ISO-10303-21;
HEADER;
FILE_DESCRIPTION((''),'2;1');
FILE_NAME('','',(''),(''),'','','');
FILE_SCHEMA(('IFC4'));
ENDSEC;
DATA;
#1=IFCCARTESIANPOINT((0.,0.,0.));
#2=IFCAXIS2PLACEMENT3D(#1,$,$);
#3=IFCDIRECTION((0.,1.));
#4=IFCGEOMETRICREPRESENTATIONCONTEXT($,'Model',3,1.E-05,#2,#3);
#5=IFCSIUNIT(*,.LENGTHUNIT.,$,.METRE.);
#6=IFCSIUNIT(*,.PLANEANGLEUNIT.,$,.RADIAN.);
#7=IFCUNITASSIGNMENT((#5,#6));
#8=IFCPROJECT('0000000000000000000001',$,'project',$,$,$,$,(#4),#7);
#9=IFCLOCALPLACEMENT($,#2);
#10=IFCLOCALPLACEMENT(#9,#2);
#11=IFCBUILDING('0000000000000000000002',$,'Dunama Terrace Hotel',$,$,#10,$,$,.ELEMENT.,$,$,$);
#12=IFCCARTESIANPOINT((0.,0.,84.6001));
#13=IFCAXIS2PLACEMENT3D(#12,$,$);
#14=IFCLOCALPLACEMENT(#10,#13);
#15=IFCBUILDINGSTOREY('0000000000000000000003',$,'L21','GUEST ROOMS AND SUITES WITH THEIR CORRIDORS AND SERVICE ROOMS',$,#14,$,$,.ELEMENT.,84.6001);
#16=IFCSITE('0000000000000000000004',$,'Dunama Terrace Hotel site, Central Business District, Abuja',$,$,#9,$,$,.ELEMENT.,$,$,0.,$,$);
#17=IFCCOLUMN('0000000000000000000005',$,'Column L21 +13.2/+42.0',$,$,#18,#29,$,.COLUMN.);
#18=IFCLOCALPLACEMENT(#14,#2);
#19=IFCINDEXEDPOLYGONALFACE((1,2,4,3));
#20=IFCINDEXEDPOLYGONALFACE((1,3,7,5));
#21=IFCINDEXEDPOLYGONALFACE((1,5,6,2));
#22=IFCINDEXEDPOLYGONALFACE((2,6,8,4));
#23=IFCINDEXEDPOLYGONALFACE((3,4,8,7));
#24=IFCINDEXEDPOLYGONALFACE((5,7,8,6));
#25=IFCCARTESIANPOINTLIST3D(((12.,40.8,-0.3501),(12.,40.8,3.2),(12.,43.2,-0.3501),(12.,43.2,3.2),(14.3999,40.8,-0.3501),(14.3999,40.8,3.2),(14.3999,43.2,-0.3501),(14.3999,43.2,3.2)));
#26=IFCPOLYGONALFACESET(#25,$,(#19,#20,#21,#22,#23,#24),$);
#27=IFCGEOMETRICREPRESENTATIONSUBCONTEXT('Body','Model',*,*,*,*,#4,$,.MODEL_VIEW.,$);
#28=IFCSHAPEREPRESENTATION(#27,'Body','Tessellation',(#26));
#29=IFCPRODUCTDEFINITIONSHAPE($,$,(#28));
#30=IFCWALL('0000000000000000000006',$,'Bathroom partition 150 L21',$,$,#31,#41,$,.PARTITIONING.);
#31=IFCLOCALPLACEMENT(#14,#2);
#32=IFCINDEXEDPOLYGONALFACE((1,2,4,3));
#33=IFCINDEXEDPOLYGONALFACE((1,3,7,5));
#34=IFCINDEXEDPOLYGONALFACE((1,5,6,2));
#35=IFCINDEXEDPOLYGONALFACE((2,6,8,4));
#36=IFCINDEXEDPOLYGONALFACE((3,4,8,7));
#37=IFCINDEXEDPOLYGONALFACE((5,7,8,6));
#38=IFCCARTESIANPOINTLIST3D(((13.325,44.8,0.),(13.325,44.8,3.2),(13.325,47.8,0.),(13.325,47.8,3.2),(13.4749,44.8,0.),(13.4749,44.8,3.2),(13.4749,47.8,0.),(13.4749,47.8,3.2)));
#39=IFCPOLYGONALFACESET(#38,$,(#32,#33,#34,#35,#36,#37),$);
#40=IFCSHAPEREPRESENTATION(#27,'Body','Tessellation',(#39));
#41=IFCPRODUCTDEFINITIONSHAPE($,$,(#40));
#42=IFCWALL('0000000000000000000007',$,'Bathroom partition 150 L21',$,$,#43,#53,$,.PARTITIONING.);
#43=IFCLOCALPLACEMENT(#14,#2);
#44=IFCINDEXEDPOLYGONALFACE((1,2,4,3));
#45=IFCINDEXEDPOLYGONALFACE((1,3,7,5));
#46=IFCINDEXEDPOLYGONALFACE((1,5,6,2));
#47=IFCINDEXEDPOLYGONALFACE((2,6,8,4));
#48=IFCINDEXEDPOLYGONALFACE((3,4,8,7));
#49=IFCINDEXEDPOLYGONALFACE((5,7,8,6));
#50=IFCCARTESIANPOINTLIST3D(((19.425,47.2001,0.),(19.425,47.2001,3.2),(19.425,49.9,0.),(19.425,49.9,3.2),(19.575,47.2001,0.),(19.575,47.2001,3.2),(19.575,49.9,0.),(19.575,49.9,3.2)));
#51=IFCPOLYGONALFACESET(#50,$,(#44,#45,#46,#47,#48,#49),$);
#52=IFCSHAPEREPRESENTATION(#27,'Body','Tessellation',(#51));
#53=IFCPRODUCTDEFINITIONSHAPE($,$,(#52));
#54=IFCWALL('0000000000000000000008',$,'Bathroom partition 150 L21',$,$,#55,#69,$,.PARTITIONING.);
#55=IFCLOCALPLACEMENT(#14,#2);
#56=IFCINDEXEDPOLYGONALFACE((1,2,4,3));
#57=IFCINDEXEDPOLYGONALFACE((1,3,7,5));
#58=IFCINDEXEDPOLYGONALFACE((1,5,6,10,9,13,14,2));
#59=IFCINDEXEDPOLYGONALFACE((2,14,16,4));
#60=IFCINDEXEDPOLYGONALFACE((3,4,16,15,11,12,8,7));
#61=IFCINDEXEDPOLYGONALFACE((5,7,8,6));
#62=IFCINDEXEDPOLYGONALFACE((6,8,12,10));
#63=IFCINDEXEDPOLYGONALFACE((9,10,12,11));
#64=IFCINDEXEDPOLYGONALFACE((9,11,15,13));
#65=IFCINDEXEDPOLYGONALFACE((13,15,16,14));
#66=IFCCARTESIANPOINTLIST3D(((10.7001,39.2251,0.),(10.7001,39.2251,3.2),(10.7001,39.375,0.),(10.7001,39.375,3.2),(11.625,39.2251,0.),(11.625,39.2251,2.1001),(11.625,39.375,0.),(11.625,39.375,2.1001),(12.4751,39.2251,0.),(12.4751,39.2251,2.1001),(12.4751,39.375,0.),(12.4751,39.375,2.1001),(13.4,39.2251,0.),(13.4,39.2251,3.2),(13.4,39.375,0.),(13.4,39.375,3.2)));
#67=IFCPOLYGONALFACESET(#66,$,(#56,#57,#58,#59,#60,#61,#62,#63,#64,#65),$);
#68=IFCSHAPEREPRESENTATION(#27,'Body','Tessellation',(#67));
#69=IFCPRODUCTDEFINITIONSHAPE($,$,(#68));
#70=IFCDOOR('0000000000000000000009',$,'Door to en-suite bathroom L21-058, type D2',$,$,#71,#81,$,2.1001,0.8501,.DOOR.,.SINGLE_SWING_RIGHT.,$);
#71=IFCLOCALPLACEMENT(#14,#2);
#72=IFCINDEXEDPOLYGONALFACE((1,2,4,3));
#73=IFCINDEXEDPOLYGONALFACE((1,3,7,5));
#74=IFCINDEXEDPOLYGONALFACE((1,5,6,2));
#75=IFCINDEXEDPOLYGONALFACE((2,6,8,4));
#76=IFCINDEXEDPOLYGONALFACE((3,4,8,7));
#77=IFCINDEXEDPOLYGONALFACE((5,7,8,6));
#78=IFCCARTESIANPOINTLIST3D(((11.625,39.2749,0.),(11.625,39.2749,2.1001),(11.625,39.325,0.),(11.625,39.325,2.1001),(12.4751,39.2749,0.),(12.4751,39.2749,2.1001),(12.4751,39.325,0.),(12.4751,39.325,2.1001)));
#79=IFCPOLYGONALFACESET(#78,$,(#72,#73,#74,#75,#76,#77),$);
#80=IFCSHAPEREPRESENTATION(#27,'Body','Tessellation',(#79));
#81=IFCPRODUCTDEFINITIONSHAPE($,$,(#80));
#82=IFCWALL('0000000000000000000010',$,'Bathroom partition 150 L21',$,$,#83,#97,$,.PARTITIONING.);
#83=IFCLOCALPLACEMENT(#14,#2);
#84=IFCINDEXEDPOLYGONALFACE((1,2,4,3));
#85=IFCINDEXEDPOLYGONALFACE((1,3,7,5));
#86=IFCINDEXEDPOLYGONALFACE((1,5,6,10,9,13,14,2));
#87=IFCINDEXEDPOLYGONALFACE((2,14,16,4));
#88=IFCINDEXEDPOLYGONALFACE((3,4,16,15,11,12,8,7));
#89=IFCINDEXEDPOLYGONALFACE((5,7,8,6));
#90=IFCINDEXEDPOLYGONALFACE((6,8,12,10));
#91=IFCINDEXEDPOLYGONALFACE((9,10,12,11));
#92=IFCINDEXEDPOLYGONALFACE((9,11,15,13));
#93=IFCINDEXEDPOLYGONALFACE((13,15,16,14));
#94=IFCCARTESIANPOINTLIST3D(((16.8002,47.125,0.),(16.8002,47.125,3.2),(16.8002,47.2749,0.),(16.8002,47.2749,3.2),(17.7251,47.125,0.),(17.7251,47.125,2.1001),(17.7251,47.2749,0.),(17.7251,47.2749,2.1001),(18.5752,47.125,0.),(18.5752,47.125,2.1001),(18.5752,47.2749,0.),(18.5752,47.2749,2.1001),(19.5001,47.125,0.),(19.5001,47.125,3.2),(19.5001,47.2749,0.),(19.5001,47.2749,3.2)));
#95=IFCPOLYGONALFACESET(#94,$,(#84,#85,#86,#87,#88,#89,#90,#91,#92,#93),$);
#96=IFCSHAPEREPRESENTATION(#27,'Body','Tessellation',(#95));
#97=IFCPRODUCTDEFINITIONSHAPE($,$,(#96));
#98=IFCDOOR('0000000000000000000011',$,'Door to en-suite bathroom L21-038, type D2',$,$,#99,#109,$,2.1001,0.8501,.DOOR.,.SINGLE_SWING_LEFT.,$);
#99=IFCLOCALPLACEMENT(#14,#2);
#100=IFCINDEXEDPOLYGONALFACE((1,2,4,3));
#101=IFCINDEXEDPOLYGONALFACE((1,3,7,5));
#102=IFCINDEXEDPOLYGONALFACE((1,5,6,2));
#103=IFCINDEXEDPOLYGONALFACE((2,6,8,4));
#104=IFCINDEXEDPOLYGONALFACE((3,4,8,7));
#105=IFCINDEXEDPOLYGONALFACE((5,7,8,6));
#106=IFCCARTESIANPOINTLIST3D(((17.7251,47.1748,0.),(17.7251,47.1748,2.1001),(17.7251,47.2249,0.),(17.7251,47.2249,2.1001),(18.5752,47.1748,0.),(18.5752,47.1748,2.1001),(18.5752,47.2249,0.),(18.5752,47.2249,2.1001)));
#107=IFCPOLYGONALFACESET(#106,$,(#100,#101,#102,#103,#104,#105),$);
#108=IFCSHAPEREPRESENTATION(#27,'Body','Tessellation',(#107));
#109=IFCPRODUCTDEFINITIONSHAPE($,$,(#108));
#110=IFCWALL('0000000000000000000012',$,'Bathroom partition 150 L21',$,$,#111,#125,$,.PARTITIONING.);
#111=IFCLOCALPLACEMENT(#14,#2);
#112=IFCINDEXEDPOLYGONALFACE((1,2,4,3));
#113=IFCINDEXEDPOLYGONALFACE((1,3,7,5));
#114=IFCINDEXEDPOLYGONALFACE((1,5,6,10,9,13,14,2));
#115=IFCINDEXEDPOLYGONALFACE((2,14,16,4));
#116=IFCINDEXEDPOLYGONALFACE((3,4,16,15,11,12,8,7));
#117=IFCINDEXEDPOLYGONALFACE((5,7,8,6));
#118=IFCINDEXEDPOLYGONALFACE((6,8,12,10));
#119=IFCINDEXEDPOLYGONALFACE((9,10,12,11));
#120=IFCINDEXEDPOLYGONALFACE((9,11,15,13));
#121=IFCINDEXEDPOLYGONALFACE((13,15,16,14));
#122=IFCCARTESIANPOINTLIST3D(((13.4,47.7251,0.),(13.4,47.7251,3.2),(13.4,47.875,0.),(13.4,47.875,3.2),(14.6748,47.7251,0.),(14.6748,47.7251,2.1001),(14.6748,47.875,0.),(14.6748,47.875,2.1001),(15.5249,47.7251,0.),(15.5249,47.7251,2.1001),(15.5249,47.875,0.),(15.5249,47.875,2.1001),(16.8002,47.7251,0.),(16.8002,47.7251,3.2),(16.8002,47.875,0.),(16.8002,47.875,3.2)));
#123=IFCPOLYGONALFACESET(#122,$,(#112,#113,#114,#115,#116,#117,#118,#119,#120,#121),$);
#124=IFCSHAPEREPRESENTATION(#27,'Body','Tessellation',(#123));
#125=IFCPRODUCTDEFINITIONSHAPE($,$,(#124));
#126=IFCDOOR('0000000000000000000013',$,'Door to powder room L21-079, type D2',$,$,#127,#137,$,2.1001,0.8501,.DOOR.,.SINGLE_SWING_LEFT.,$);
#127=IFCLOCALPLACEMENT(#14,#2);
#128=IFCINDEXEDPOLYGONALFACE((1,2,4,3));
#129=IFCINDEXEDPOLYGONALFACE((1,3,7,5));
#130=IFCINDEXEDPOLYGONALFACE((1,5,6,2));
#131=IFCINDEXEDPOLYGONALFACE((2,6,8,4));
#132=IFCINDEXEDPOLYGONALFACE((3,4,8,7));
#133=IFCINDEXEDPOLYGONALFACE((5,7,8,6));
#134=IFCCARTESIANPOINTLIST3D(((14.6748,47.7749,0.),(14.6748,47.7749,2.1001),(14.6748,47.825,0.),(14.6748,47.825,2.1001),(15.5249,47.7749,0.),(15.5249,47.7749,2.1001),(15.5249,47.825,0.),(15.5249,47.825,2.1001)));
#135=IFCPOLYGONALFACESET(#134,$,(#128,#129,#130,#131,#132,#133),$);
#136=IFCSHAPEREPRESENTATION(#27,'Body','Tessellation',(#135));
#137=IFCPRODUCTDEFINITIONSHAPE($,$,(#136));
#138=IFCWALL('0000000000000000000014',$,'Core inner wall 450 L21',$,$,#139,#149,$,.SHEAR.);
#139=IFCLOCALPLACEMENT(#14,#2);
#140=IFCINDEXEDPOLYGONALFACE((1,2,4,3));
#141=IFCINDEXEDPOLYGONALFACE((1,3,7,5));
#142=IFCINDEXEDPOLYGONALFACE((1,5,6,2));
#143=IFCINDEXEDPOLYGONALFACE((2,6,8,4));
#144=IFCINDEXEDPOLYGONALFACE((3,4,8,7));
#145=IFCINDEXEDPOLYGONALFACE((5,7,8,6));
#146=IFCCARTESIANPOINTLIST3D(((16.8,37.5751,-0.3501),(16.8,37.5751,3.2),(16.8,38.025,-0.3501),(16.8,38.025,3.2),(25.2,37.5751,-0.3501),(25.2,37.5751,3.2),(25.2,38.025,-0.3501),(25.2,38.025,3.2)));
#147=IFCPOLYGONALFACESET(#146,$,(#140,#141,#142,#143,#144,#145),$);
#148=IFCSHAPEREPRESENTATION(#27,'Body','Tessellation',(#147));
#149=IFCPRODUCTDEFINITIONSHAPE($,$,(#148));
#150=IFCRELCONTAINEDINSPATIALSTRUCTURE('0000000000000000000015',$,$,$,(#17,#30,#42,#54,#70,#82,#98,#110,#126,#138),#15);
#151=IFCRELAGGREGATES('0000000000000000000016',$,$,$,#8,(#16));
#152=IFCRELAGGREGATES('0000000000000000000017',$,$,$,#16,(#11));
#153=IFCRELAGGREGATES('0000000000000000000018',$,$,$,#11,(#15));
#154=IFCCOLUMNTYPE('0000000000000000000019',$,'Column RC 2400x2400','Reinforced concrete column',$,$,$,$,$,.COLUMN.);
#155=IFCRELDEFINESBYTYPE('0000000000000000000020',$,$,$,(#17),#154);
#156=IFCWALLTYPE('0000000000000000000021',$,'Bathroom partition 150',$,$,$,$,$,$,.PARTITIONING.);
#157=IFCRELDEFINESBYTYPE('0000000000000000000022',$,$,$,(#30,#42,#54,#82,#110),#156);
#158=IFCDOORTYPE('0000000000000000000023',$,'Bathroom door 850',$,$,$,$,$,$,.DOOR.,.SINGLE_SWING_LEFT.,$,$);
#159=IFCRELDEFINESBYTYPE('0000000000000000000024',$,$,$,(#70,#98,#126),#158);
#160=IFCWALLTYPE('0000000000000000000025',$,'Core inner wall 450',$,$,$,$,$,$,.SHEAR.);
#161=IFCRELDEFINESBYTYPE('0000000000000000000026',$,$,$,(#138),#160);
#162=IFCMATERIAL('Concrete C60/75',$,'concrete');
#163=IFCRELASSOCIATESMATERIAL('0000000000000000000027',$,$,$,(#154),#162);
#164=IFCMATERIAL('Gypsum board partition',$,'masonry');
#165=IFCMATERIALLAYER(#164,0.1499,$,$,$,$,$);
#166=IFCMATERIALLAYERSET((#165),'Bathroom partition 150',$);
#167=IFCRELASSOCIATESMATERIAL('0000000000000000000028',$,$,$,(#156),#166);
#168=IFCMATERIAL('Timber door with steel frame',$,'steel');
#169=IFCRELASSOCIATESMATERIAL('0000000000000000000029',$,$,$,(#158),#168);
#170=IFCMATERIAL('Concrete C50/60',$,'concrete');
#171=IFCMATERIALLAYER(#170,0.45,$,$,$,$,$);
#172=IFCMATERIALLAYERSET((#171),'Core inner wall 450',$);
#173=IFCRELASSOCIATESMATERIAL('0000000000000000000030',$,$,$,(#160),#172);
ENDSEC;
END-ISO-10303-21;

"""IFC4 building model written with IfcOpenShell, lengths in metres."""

from ifc_helpers import new_model, si_unit, direction, frame, frame_2d, origin, origin_2d, place, context, subcontext, project, spatial, rectangle, extrude, material, layer, layer_set, material_profile, profile_set, type_object, element, fill, save


model = new_model("IFC4")

# Units and contexts
model_context = context("Model", 3, precision=1e-05, world=origin(), true_north=direction((0.0, 1.0)))
body_context = subcontext(model_context, "Body", "Model", "MODEL_VIEW")
ifc_project = project(units=[si_unit("LENGTHUNIT", "METRE"), si_unit("PLANEANGLEUNIT", "RADIAN")], contexts=[model_context])

# Site, building, storey
site_placement = place(None, origin())
site = spatial("IfcSite", under=ifc_project, at=site_placement, Name="Dunama Terrace Hotel site, Central Business District, Abuja", CompositionType="ELEMENT", RefElevation=0.0)
building_placement = place(site_placement, origin())
building = spatial("IfcBuilding", under=site, at=building_placement, Name="Dunama Terrace Hotel", CompositionType="ELEMENT")
storey_placement = place(building_placement, frame((0.0, 0.0, 84.6001)))
storey = spatial("IfcBuildingStorey", under=building, at=storey_placement, Name="L21", Description="GUEST ROOMS AND SUITES WITH THEIR CORRIDORS AND SERVICE ROOMS", CompositionType="ELEMENT", Elevation=84.6001)

# Column
ifc_material_1 = material(Name="Concrete C60/75", Category="concrete")
ifc_material_profile = material_profile(ifc_material_1, rectangle(XDim=2.3999, YDim=2.3999, at=origin_2d()), Name="RC 2400x2400")
ifc_profile_set = profile_set([ifc_material_profile], Name="Concrete C60/75")
column_type = type_object("IfcColumnType", Name="Column RC 2400x2400", Description="Reinforced concrete column", PredefinedType="COLUMN", material=ifc_profile_set)
column_placement = place(storey_placement, frame((13.2, 42.0, -0.3501), z_axis=(0.0, 0.0, 1.0), x_axis=(1.0, 0.0, 0.0)))
element("IfcColumn", 1, at=column_placement, inside=storey, type_object=column_type, Name="Column L21 +13.2/+42.0", PredefinedType="COLUMN", context=body_context, shape_type="SweptSolid", body=[
    extrude(rectangle(XDim=2.3999, YDim=2.3999, at=origin_2d()), origin(), (0.0, 0.0, 1.0), 3.55),
])

# Walls
ifc_material_2 = material(Name="Gypsum board partition", Category="masonry")
ifc_layer_1 = layer(ifc_material_2, 0.1499)
ifc_layer_set_1 = layer_set([ifc_layer_1], Name="Bathroom partition 150")
wall_type_1 = type_object("IfcWallType", Name="Bathroom partition 150", PredefinedType="PARTITIONING", material=ifc_layer_set_1)
wall_1_placement = place(storey_placement, frame((13.3999, 44.8, 0.0), z_axis=(0.0, 0.0, 1.0), x_axis=(0.0, 1.0, 0.0)))
element("IfcWall", 2, at=wall_1_placement, inside=storey, type_object=wall_type_1, Name="Bathroom partition 150 L21", PredefinedType="PARTITIONING", context=body_context, shape_type="SweptSolid", body=[
    extrude(rectangle(XDim=3.0, YDim=0.1499, at=frame_2d((1.5, 0.0))), origin(), (0.0, 0.0, 1.0), 3.2),
])
wall_2_placement = place(storey_placement, frame((19.5, 47.2, 0.0), z_axis=(0.0, 0.0, 1.0), x_axis=(0.0, 1.0, 0.0)))
element("IfcWall", 3, at=wall_2_placement, inside=storey, type_object=wall_type_1, Name="Bathroom partition 150 L21", PredefinedType="PARTITIONING", context=body_context, shape_type="SweptSolid", body=[
    extrude(rectangle(XDim=2.7, YDim=0.1499, at=frame_2d((1.3501, 0.0))), origin(), (0.0, 0.0, 1.0), 3.2),
])

# Walls, openings, doors
wall_3_placement = place(storey_placement, frame((10.7, 39.3, 0.0), z_axis=(0.0, 0.0, 1.0), x_axis=(1.0, 0.0, 0.0)))
wall_3 = element("IfcWall", 4, at=wall_3_placement, inside=storey, type_object=wall_type_1, Name="Bathroom partition 150 L21", PredefinedType="PARTITIONING", context=body_context, shape_type="SweptSolid", body=[
    extrude(rectangle(XDim=2.7, YDim=0.1499, at=frame_2d((1.3501, 0.0))), origin(), (0.0, 0.0, 1.0), 3.2),
])
opening_1_placement = place(wall_3_placement, frame((0.925, 0.0, 0.0)))
opening_1 = element("IfcOpeningElement", 5, at=opening_1_placement, cuts=wall_3, PredefinedType="OPENING", context=body_context, shape_type="SweptSolid", body=[
    extrude(rectangle(XDim=0.8501, YDim=2.1001, at=frame_2d((0.425, 1.05))), frame((0.0, 0.085, 0.0), z_axis=(0.0, -1.0, 0.0), x_axis=(1.0, 0.0, 0.0)), (0.0, 0.0, 1.0), 0.1699),
])
ifc_material_3 = material(Name="Timber door with steel frame", Category="steel")
door_type_1 = type_object("IfcDoorType", Name="Bathroom door 850", OperationType="SINGLE_SWING_LEFT", PredefinedType="DOOR", material=ifc_material_3)
door_1_placement = place(opening_1_placement, origin())
door_1 = element("IfcDoor", 6, at=door_1_placement, inside=storey, type_object=door_type_1, Name="Door to en-suite bathroom L21-058, type D2", OperationType="SINGLE_SWING_RIGHT", OverallHeight=2.1001, OverallWidth=0.8501, PredefinedType="DOOR", context=body_context, shape_type="SweptSolid", body=[
    extrude(rectangle(XDim=0.8501, YDim=2.1001, at=frame_2d((0.425, 1.05))), frame((0.0, 0.0249, 0.0), z_axis=(0.0, -1.0, 0.0), x_axis=(1.0, 0.0, 0.0)), (0.0, 0.0, 1.0), 0.05),
])
fill(opening_1, door_1)
wall_4_placement = place(storey_placement, frame((16.8, 47.2, 0.0), z_axis=(0.0, 0.0, 1.0), x_axis=(1.0, 0.0, 0.0)))
wall_4 = element("IfcWall", 7, at=wall_4_placement, inside=storey, type_object=wall_type_1, Name="Bathroom partition 150 L21", PredefinedType="PARTITIONING", context=body_context, shape_type="SweptSolid", body=[
    extrude(rectangle(XDim=2.7, YDim=0.1499, at=frame_2d((1.3501, 0.0))), origin(), (0.0, 0.0, 1.0), 3.2),
])
opening_2_placement = place(wall_4_placement, frame((0.925, 0.0, 0.0)))
opening_2 = element("IfcOpeningElement", 8, at=opening_2_placement, cuts=wall_4, PredefinedType="OPENING", context=body_context, shape_type="SweptSolid", body=[
    extrude(rectangle(XDim=0.8501, YDim=2.1001, at=frame_2d((0.425, 1.05))), frame((0.0, 0.085, 0.0), z_axis=(0.0, -1.0, 0.0), x_axis=(1.0, 0.0, 0.0)), (0.0, 0.0, 1.0), 0.1699),
])
door_2_placement = place(opening_2_placement, origin())
door_2 = element("IfcDoor", 9, at=door_2_placement, inside=storey, type_object=door_type_1, Name="Door to en-suite bathroom L21-038, type D2", OperationType="SINGLE_SWING_LEFT", OverallHeight=2.1001, OverallWidth=0.8501, PredefinedType="DOOR", context=body_context, shape_type="SweptSolid", body=[
    extrude(rectangle(XDim=0.8501, YDim=2.1001, at=frame_2d((0.425, 1.05))), frame((0.0, 0.0249, 0.0), z_axis=(0.0, -1.0, 0.0), x_axis=(1.0, 0.0, 0.0)), (0.0, 0.0, 1.0), 0.05),
])
fill(opening_2, door_2)
wall_5_placement = place(storey_placement, frame((13.3999, 47.8, 0.0), z_axis=(0.0, 0.0, 1.0), x_axis=(1.0, 0.0, 0.0)))
wall_5 = element("IfcWall", 10, at=wall_5_placement, inside=storey, type_object=wall_type_1, Name="Bathroom partition 150 L21", PredefinedType="PARTITIONING", context=body_context, shape_type="SweptSolid", body=[
    extrude(rectangle(XDim=3.4001, YDim=0.1499, at=frame_2d((1.7002, 0.0))), origin(), (0.0, 0.0, 1.0), 3.2),
])
opening_3_placement = place(wall_5_placement, frame((1.2749, 0.0, 0.0)))
opening_3 = element("IfcOpeningElement", 11, at=opening_3_placement, cuts=wall_5, PredefinedType="OPENING", context=body_context, shape_type="SweptSolid", body=[
    extrude(rectangle(XDim=0.8501, YDim=2.1001, at=frame_2d((0.425, 1.05))), frame((0.0, 0.085, 0.0), z_axis=(0.0, -1.0, 0.0), x_axis=(1.0, 0.0, 0.0)), (0.0, 0.0, 1.0), 0.1699),
])
door_3_placement = place(opening_3_placement, frame((0.8501, 0.0, 0.0), z_axis=(0.0, 0.0, 1.0), x_axis=(-1.0, 0.0, 0.0)))
door_3 = element("IfcDoor", 12, at=door_3_placement, inside=storey, type_object=door_type_1, Name="Door to powder room L21-079, type D2", OperationType="SINGLE_SWING_LEFT", OverallHeight=2.1001, OverallWidth=0.8501, PredefinedType="DOOR", context=body_context, shape_type="SweptSolid", body=[
    extrude(rectangle(XDim=0.8501, YDim=2.1001, at=frame_2d((0.425, 1.05))), frame((0.0, 0.0251, 0.0), z_axis=(0.0, -1.0, 0.0), x_axis=(1.0, 0.0, 0.0)), (0.0, 0.0, 1.0), 0.05),
])
fill(opening_3, door_3)

# Wall
ifc_material_4 = material(Name="Concrete C50/60", Category="concrete")
ifc_layer_2 = layer(ifc_material_4, 0.45)
ifc_layer_set_2 = layer_set([ifc_layer_2], Name="Core inner wall 450")
wall_type_2 = type_object("IfcWallType", Name="Core inner wall 450", PredefinedType="SHEAR", material=ifc_layer_set_2)
wall_6_placement = place(storey_placement, frame((16.8, 37.8, -0.3501), z_axis=(0.0, 0.0, 1.0), x_axis=(1.0, 0.0, 0.0)))
element("IfcWall", 13, at=wall_6_placement, inside=storey, type_object=wall_type_2, Name="Core inner wall 450 L21", PredefinedType="SHEAR", context=body_context, shape_type="SweptSolid", body=[
    extrude(rectangle(XDim=8.3999, YDim=0.45, at=frame_2d((4.2, 0.0))), origin(), (0.0, 0.0, 1.0), 3.55),
])

save(model, "model.ifc")
